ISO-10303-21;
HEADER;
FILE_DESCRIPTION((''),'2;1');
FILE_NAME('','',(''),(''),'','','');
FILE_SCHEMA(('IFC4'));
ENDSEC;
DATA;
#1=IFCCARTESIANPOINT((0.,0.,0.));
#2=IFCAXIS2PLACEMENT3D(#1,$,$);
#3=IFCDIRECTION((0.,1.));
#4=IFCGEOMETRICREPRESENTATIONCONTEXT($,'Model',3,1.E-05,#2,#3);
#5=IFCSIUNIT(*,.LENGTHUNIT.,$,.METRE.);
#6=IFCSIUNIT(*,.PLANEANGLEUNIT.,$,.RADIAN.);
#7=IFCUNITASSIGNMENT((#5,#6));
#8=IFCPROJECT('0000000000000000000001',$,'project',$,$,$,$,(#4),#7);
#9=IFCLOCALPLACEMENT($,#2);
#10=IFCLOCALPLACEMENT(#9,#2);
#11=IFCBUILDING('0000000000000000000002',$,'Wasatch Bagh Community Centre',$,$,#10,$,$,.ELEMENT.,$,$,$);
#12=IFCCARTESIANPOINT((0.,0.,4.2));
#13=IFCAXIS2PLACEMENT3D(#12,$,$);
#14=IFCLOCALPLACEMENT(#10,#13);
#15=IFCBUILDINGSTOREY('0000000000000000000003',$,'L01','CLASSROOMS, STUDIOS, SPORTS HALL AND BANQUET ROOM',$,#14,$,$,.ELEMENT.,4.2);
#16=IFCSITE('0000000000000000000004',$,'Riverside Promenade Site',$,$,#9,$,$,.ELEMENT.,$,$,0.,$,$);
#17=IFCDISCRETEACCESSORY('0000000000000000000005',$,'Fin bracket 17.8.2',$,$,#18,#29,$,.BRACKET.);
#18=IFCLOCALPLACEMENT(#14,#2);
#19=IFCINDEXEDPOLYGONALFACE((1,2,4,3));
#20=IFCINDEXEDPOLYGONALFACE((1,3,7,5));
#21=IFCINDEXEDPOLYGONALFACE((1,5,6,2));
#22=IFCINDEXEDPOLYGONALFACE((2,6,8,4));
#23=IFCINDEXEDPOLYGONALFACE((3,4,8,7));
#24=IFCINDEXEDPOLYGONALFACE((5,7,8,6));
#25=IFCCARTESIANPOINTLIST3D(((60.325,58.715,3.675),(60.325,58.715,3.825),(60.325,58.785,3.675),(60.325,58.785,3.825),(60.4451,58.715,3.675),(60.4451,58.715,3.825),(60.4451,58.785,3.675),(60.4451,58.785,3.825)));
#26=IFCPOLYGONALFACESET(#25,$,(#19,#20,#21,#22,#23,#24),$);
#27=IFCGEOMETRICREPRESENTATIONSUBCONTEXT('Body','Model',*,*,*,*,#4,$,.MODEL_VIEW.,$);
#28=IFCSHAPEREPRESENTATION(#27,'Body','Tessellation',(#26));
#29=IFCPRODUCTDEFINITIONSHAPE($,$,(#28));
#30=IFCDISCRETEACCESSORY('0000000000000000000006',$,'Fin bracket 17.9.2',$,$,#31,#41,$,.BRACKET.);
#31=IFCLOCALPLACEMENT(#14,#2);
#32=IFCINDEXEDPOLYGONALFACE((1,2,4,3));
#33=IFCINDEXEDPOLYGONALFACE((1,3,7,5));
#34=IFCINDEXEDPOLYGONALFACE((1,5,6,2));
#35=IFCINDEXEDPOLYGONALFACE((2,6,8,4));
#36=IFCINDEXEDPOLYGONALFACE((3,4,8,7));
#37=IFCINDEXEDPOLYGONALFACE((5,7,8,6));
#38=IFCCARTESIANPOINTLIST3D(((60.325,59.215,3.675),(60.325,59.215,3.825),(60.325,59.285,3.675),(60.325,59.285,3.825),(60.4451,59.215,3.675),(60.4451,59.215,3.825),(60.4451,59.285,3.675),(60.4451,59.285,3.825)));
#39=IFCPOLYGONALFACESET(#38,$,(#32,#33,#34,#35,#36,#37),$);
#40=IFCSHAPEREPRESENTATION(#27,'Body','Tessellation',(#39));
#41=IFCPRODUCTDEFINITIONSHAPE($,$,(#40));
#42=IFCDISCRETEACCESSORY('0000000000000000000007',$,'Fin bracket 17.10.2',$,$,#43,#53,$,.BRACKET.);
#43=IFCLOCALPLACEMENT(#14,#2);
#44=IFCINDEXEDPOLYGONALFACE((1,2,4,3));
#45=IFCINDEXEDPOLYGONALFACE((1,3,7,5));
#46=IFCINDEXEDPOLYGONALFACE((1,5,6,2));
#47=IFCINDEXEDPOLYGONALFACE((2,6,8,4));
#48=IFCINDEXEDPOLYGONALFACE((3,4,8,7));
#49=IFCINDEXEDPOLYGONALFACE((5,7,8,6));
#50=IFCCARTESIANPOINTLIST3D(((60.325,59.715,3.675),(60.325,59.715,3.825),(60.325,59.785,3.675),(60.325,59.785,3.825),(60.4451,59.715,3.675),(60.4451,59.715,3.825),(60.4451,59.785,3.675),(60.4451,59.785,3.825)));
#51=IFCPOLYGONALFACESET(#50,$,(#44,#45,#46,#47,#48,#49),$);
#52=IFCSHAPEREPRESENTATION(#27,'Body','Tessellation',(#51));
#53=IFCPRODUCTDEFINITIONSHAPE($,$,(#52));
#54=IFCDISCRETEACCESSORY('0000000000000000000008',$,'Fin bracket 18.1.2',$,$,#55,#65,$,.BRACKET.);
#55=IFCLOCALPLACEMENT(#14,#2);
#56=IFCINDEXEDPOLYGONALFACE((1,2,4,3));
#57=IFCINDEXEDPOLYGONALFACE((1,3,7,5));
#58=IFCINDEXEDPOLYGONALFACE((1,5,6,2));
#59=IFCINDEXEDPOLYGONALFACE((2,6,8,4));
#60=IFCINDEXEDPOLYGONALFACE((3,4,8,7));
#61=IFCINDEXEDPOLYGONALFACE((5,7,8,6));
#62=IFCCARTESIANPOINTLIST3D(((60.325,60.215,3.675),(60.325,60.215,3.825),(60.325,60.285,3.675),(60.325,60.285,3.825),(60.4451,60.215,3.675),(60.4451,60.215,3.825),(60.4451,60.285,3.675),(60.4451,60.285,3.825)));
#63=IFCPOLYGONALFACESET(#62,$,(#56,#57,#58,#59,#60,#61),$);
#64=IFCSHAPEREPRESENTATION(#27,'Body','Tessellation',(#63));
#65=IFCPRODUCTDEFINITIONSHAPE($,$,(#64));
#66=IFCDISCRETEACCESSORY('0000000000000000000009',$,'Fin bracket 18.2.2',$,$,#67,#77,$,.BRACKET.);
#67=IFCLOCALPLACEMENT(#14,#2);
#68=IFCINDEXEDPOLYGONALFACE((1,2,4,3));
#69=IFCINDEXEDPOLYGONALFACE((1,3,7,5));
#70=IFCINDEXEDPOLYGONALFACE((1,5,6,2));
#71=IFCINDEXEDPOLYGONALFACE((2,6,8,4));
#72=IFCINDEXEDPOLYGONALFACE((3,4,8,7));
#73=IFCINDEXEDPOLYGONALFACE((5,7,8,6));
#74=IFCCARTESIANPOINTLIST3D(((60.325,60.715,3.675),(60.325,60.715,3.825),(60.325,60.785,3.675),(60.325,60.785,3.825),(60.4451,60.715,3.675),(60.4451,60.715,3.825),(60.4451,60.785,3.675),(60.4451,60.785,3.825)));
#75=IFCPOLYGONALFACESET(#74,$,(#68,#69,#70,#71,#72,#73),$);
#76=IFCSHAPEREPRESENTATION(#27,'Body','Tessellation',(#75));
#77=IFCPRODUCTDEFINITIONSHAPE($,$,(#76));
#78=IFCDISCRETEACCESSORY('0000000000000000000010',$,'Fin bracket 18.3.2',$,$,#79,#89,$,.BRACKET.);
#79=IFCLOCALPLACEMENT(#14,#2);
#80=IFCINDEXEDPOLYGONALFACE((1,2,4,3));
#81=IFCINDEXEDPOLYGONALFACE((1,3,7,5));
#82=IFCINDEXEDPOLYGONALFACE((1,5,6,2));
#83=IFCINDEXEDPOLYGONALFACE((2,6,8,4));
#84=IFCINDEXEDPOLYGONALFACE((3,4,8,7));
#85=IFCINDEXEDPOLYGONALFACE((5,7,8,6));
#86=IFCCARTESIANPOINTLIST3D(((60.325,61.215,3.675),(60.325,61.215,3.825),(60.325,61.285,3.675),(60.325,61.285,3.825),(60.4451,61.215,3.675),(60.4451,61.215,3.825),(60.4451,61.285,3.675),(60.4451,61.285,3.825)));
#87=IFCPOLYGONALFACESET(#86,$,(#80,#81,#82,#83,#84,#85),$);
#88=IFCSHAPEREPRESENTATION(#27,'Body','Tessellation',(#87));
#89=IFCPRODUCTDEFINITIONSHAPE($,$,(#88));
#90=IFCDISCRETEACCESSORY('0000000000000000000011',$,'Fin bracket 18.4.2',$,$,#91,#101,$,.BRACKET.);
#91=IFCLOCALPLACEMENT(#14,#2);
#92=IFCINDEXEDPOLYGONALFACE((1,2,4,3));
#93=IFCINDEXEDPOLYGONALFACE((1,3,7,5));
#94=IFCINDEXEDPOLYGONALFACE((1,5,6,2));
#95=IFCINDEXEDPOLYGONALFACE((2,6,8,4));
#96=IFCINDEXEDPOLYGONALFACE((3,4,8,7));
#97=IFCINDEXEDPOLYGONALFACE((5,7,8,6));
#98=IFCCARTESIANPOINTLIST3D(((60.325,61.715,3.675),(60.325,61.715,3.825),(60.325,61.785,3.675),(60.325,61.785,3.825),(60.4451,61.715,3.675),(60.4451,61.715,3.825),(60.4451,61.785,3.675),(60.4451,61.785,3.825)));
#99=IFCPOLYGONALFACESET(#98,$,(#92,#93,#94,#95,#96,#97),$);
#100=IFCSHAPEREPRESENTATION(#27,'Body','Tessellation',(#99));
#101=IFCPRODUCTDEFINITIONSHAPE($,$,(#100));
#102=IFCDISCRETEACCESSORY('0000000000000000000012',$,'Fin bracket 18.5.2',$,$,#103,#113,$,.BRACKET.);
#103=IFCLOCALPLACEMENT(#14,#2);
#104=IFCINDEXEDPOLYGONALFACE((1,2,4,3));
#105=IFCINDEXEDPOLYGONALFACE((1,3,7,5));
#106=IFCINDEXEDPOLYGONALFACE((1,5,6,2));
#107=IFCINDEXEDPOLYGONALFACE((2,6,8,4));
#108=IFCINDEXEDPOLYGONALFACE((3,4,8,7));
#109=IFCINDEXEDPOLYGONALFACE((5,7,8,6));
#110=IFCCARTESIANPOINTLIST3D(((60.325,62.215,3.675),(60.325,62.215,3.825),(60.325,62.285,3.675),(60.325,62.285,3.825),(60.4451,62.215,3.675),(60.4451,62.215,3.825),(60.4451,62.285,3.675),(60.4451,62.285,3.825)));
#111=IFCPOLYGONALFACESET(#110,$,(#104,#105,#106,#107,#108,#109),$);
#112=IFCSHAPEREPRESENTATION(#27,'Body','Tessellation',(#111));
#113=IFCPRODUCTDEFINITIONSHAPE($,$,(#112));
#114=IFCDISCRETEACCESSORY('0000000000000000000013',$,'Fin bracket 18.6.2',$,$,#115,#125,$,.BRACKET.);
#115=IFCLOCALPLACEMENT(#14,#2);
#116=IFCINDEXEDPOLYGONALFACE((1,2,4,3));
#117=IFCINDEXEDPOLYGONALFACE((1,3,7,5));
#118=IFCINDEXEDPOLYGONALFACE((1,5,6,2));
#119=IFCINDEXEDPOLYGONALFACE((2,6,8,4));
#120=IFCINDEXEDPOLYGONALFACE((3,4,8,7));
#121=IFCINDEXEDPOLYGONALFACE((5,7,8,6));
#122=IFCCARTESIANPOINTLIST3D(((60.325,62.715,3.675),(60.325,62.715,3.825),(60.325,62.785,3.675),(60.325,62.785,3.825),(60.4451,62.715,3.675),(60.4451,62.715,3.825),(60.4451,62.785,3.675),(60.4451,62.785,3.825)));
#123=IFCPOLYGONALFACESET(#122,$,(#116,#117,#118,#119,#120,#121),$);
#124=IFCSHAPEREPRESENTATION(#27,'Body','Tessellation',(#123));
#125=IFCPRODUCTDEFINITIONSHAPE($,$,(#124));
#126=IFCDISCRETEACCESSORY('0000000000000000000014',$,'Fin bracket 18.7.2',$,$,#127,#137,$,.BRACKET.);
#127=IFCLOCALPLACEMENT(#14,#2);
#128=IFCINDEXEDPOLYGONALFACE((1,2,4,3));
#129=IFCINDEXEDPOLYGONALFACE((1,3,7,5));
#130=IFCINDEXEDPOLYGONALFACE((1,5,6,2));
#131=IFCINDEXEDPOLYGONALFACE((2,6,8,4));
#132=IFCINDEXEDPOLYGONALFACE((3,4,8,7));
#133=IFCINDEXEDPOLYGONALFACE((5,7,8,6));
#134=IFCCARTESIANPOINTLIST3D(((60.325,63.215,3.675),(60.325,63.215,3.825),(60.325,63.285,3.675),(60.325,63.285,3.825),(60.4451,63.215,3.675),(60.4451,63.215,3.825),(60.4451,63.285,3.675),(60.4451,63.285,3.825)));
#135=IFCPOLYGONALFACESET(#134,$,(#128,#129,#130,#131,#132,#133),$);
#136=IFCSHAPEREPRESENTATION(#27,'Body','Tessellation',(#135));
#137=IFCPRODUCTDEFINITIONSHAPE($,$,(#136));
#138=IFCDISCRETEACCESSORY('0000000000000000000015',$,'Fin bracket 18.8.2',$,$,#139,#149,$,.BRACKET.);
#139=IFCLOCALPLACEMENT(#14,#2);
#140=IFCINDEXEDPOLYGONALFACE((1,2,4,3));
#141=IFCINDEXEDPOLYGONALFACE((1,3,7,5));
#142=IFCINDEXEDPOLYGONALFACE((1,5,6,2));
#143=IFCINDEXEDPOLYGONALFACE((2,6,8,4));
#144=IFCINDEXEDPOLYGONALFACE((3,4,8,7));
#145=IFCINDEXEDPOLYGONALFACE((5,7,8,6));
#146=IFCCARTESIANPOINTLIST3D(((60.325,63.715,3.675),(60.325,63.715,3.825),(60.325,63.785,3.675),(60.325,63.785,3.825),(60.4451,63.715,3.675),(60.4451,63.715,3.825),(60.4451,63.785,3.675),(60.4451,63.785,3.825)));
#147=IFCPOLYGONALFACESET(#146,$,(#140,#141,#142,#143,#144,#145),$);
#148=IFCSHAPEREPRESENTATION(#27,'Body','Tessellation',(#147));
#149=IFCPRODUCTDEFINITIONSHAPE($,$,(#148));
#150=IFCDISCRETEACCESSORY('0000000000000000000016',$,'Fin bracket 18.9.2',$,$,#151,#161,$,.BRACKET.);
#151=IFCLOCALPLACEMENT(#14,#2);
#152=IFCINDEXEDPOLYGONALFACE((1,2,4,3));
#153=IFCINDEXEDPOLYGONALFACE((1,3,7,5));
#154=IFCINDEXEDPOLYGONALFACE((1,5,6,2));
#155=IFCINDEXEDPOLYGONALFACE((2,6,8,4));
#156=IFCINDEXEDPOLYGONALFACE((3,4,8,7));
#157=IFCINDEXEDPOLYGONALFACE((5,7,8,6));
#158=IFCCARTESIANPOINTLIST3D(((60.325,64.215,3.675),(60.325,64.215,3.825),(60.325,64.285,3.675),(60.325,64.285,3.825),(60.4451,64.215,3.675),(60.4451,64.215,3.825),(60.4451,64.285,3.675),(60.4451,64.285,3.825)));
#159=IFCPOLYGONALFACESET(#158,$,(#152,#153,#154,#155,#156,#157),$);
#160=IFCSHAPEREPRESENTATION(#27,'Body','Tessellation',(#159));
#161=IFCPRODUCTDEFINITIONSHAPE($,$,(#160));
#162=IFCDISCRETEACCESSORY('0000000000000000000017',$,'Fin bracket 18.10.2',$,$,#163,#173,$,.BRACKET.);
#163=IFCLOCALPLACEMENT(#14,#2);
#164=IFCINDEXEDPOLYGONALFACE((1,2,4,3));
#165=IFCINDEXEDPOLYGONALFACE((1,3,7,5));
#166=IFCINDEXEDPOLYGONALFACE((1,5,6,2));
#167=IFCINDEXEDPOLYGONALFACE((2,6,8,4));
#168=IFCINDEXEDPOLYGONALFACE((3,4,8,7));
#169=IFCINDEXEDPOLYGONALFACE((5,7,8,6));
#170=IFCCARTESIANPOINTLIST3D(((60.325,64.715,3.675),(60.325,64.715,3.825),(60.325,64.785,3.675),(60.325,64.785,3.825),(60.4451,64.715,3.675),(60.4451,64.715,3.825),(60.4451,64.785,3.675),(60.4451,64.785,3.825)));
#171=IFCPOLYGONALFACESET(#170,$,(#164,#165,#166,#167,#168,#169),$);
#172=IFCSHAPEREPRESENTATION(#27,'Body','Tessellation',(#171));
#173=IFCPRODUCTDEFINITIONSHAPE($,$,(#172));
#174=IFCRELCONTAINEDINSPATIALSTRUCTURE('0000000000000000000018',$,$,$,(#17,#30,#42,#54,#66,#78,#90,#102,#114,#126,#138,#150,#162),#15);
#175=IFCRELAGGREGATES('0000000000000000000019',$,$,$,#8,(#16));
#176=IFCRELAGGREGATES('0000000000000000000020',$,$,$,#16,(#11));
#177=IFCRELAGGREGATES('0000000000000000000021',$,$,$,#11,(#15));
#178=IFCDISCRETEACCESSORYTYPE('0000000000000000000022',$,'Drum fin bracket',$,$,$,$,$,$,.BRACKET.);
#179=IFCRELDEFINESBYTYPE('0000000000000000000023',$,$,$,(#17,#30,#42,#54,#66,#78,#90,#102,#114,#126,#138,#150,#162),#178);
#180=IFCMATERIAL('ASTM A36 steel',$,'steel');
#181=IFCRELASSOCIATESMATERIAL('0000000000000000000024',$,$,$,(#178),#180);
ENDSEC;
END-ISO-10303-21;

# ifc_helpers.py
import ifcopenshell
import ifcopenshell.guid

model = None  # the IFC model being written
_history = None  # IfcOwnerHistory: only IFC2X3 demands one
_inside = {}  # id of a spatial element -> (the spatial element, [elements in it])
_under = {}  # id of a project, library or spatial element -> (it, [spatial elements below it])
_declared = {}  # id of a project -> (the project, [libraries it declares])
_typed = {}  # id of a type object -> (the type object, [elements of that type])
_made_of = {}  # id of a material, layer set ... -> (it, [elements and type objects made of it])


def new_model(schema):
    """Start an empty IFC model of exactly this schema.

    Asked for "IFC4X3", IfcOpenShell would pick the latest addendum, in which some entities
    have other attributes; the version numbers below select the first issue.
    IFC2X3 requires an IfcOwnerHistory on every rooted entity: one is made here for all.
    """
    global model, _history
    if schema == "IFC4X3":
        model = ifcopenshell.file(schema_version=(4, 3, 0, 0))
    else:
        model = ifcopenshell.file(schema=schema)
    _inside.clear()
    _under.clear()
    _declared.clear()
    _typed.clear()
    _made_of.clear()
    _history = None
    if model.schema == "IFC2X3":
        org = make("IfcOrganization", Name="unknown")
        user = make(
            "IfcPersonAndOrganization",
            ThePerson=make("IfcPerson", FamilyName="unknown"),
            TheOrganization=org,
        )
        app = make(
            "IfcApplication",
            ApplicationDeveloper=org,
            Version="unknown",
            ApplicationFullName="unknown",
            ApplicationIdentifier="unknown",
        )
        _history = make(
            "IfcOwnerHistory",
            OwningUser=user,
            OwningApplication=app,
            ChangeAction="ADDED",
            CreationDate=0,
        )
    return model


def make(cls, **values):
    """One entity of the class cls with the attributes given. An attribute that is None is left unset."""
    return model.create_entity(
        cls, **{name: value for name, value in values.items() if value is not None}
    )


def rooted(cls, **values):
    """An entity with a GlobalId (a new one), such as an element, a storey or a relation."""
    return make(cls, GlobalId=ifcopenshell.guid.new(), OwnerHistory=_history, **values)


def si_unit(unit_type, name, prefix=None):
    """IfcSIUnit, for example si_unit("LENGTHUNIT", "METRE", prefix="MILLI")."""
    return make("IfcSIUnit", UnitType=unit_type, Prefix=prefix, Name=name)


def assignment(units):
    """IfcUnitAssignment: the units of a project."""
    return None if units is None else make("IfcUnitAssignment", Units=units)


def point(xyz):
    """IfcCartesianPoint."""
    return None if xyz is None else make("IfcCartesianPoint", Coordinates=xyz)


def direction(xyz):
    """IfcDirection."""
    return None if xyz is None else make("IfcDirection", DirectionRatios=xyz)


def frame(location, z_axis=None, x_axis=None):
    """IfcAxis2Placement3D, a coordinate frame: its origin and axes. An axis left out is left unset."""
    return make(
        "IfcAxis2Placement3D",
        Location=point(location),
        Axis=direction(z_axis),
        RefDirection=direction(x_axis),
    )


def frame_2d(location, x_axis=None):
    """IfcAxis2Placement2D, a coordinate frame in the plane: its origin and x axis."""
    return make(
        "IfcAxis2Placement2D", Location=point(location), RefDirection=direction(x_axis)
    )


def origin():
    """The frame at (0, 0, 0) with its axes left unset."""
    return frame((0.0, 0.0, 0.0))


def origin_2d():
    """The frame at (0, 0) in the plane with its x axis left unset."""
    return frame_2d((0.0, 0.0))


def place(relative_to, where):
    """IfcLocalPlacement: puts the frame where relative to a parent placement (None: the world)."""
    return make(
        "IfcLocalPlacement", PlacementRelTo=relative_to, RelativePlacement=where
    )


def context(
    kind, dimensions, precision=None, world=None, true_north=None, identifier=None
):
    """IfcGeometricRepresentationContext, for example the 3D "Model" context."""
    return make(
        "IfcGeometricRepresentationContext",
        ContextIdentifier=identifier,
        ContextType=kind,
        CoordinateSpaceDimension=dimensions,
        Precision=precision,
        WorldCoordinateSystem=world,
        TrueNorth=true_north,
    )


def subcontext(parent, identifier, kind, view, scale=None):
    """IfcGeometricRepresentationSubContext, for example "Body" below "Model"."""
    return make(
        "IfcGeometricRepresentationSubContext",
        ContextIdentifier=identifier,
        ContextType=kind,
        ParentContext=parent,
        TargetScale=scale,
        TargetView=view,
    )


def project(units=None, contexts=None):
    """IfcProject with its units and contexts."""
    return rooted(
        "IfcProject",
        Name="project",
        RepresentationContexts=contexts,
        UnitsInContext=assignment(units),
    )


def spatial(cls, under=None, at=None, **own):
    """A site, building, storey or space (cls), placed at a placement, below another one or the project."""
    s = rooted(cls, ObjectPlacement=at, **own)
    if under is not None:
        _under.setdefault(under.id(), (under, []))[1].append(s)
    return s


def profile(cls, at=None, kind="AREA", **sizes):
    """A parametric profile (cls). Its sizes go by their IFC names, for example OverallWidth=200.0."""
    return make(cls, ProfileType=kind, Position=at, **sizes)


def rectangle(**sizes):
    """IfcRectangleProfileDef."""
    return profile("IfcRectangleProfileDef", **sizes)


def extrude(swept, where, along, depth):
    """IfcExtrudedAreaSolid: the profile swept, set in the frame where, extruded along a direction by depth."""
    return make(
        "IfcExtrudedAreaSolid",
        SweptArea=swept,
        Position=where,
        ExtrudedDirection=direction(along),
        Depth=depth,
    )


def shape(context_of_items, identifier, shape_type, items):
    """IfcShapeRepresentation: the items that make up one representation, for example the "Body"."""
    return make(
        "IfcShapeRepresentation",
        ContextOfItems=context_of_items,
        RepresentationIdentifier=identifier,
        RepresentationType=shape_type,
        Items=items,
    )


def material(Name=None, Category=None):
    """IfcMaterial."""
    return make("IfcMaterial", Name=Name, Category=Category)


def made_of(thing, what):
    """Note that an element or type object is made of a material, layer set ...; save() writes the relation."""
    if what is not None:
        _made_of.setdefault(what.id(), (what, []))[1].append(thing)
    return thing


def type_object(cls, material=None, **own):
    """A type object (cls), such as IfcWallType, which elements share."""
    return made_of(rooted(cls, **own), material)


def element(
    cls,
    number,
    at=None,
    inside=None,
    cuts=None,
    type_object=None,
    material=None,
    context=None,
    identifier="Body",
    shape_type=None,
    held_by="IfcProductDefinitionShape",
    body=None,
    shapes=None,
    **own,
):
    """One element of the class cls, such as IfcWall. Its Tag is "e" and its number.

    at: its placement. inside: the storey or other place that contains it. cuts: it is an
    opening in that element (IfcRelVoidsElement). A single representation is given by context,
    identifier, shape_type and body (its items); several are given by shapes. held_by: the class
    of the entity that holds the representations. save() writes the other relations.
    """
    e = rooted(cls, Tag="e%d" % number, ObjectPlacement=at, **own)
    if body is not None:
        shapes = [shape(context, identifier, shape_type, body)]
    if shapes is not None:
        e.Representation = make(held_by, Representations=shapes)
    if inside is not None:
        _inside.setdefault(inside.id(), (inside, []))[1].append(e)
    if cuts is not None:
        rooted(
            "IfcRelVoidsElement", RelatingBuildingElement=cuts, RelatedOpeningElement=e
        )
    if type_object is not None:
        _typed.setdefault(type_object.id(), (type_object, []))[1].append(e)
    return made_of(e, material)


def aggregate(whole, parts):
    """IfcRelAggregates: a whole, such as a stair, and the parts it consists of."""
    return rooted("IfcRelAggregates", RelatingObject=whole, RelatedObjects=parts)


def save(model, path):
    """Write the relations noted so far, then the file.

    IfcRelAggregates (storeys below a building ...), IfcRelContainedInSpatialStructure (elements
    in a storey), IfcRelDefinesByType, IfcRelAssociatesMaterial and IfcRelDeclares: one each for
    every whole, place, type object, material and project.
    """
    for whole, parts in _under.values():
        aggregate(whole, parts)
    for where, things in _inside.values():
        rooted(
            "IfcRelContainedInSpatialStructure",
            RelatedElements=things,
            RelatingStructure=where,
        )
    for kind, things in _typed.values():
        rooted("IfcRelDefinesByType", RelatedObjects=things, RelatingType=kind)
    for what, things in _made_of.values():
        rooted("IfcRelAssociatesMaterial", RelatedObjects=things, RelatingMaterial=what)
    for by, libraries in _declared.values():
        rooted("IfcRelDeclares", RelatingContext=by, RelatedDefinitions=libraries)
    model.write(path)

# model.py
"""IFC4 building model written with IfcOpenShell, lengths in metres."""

from ifc_helpers import new_model, si_unit, direction, frame, origin, origin_2d, place, context, subcontext, project, spatial, rectangle, extrude, material, type_object, element, save


model = new_model("IFC4")

# Units and contexts
model_context = context("Model", 3, precision=1e-05, world=origin(), true_north=direction((0.0, 1.0)))
body_context = subcontext(model_context, "Body", "Model", "MODEL_VIEW")
ifc_project = project(units=[si_unit("LENGTHUNIT", "METRE"), si_unit("PLANEANGLEUNIT", "RADIAN")], contexts=[model_context])

# Site, building, storey
site_placement = place(None, origin())
site = spatial("IfcSite", under=ifc_project, at=site_placement, Name="Riverside Promenade Site", CompositionType="ELEMENT", RefElevation=0.0)
building_placement = place(site_placement, origin())
building = spatial("IfcBuilding", under=site, at=building_placement, Name="Wasatch Bagh Community Centre", CompositionType="ELEMENT")
storey_placement = place(building_placement, frame((0.0, 0.0, 4.2)))
storey = spatial("IfcBuildingStorey", under=building, at=storey_placement, Name="L01", Description="CLASSROOMS, STUDIOS, SPORTS HALL AND BANQUET ROOM", CompositionType="ELEMENT", Elevation=4.2)

# Discrete accessories
ifc_material_1 = material(Name="ASTM A36 steel", Category="steel")
discrete_accessory_type = type_object("IfcDiscreteAccessoryType", Name="Drum fin bracket", PredefinedType="BRACKET", material=ifc_material_1)
for number, where, z_axis, x_axis, name in (
    (1, (60.385, 58.75, 3.675), (0.0, 0.0, 1.0), (0.0, 1.0, 0.0), "Fin bracket 17.8.2"),
    (2, (60.385, 59.25, 3.675), (0.0, 0.0, 1.0), (0.0, 1.0, 0.0), "Fin bracket 17.9.2"),
    (3, (60.385, 59.75, 3.675), (0.0, 0.0, 1.0), (0.0, 1.0, 0.0), "Fin bracket 17.10.2"),
    (4, (60.385, 60.25, 3.675), (0.0, 0.0, 1.0), (0.0, 1.0, 0.0), "Fin bracket 18.1.2"),
    (5, (60.385, 60.75, 3.675), (0.0, 0.0, 1.0), (0.0, 1.0, 0.0), "Fin bracket 18.2.2"),
    (6, (60.385, 61.25, 3.675), (0.0, 0.0, 1.0), (0.0, 1.0, 0.0), "Fin bracket 18.3.2"),
    (7, (60.385, 61.75, 3.675), (0.0, 0.0, 1.0), (0.0, 1.0, 0.0), "Fin bracket 18.4.2"),
    (8, (60.385, 62.25, 3.675), (0.0, 0.0, 1.0), (0.0, 1.0, 0.0), "Fin bracket 18.5.2"),
    (9, (60.385, 62.75, 3.675), (0.0, 0.0, 1.0), (0.0, 1.0, 0.0), "Fin bracket 18.6.2"),
    (10, (60.385, 63.25, 3.675), (0.0, 0.0, 1.0), (0.0, 1.0, 0.0), "Fin bracket 18.7.2"),
    (11, (60.385, 63.75, 3.675), (0.0, 0.0, 1.0), (0.0, 1.0, 0.0), "Fin bracket 18.8.2"),
    (12, (60.385, 64.25, 3.675), (0.0, 0.0, 1.0), (0.0, 1.0, 0.0), "Fin bracket 18.9.2"),
    (13, (60.385, 64.75, 3.675), (0.0, 0.0, 1.0), (0.0, 1.0, 0.0), "Fin bracket 18.10.2"),
):
    element("IfcDiscreteAccessory", number, at=place(storey_placement, frame(where, z_axis=z_axis, x_axis=x_axis)), inside=storey, type_object=discrete_accessory_type, Name=name, PredefinedType="BRACKET", context=body_context, shape_type="SweptSolid", body=[
        extrude(rectangle(XDim=0.0701, YDim=0.1201, at=origin_2d()), origin(), (0.0, 0.0, 1.0), 0.1499),
    ])

save(model, "model.ifc")
